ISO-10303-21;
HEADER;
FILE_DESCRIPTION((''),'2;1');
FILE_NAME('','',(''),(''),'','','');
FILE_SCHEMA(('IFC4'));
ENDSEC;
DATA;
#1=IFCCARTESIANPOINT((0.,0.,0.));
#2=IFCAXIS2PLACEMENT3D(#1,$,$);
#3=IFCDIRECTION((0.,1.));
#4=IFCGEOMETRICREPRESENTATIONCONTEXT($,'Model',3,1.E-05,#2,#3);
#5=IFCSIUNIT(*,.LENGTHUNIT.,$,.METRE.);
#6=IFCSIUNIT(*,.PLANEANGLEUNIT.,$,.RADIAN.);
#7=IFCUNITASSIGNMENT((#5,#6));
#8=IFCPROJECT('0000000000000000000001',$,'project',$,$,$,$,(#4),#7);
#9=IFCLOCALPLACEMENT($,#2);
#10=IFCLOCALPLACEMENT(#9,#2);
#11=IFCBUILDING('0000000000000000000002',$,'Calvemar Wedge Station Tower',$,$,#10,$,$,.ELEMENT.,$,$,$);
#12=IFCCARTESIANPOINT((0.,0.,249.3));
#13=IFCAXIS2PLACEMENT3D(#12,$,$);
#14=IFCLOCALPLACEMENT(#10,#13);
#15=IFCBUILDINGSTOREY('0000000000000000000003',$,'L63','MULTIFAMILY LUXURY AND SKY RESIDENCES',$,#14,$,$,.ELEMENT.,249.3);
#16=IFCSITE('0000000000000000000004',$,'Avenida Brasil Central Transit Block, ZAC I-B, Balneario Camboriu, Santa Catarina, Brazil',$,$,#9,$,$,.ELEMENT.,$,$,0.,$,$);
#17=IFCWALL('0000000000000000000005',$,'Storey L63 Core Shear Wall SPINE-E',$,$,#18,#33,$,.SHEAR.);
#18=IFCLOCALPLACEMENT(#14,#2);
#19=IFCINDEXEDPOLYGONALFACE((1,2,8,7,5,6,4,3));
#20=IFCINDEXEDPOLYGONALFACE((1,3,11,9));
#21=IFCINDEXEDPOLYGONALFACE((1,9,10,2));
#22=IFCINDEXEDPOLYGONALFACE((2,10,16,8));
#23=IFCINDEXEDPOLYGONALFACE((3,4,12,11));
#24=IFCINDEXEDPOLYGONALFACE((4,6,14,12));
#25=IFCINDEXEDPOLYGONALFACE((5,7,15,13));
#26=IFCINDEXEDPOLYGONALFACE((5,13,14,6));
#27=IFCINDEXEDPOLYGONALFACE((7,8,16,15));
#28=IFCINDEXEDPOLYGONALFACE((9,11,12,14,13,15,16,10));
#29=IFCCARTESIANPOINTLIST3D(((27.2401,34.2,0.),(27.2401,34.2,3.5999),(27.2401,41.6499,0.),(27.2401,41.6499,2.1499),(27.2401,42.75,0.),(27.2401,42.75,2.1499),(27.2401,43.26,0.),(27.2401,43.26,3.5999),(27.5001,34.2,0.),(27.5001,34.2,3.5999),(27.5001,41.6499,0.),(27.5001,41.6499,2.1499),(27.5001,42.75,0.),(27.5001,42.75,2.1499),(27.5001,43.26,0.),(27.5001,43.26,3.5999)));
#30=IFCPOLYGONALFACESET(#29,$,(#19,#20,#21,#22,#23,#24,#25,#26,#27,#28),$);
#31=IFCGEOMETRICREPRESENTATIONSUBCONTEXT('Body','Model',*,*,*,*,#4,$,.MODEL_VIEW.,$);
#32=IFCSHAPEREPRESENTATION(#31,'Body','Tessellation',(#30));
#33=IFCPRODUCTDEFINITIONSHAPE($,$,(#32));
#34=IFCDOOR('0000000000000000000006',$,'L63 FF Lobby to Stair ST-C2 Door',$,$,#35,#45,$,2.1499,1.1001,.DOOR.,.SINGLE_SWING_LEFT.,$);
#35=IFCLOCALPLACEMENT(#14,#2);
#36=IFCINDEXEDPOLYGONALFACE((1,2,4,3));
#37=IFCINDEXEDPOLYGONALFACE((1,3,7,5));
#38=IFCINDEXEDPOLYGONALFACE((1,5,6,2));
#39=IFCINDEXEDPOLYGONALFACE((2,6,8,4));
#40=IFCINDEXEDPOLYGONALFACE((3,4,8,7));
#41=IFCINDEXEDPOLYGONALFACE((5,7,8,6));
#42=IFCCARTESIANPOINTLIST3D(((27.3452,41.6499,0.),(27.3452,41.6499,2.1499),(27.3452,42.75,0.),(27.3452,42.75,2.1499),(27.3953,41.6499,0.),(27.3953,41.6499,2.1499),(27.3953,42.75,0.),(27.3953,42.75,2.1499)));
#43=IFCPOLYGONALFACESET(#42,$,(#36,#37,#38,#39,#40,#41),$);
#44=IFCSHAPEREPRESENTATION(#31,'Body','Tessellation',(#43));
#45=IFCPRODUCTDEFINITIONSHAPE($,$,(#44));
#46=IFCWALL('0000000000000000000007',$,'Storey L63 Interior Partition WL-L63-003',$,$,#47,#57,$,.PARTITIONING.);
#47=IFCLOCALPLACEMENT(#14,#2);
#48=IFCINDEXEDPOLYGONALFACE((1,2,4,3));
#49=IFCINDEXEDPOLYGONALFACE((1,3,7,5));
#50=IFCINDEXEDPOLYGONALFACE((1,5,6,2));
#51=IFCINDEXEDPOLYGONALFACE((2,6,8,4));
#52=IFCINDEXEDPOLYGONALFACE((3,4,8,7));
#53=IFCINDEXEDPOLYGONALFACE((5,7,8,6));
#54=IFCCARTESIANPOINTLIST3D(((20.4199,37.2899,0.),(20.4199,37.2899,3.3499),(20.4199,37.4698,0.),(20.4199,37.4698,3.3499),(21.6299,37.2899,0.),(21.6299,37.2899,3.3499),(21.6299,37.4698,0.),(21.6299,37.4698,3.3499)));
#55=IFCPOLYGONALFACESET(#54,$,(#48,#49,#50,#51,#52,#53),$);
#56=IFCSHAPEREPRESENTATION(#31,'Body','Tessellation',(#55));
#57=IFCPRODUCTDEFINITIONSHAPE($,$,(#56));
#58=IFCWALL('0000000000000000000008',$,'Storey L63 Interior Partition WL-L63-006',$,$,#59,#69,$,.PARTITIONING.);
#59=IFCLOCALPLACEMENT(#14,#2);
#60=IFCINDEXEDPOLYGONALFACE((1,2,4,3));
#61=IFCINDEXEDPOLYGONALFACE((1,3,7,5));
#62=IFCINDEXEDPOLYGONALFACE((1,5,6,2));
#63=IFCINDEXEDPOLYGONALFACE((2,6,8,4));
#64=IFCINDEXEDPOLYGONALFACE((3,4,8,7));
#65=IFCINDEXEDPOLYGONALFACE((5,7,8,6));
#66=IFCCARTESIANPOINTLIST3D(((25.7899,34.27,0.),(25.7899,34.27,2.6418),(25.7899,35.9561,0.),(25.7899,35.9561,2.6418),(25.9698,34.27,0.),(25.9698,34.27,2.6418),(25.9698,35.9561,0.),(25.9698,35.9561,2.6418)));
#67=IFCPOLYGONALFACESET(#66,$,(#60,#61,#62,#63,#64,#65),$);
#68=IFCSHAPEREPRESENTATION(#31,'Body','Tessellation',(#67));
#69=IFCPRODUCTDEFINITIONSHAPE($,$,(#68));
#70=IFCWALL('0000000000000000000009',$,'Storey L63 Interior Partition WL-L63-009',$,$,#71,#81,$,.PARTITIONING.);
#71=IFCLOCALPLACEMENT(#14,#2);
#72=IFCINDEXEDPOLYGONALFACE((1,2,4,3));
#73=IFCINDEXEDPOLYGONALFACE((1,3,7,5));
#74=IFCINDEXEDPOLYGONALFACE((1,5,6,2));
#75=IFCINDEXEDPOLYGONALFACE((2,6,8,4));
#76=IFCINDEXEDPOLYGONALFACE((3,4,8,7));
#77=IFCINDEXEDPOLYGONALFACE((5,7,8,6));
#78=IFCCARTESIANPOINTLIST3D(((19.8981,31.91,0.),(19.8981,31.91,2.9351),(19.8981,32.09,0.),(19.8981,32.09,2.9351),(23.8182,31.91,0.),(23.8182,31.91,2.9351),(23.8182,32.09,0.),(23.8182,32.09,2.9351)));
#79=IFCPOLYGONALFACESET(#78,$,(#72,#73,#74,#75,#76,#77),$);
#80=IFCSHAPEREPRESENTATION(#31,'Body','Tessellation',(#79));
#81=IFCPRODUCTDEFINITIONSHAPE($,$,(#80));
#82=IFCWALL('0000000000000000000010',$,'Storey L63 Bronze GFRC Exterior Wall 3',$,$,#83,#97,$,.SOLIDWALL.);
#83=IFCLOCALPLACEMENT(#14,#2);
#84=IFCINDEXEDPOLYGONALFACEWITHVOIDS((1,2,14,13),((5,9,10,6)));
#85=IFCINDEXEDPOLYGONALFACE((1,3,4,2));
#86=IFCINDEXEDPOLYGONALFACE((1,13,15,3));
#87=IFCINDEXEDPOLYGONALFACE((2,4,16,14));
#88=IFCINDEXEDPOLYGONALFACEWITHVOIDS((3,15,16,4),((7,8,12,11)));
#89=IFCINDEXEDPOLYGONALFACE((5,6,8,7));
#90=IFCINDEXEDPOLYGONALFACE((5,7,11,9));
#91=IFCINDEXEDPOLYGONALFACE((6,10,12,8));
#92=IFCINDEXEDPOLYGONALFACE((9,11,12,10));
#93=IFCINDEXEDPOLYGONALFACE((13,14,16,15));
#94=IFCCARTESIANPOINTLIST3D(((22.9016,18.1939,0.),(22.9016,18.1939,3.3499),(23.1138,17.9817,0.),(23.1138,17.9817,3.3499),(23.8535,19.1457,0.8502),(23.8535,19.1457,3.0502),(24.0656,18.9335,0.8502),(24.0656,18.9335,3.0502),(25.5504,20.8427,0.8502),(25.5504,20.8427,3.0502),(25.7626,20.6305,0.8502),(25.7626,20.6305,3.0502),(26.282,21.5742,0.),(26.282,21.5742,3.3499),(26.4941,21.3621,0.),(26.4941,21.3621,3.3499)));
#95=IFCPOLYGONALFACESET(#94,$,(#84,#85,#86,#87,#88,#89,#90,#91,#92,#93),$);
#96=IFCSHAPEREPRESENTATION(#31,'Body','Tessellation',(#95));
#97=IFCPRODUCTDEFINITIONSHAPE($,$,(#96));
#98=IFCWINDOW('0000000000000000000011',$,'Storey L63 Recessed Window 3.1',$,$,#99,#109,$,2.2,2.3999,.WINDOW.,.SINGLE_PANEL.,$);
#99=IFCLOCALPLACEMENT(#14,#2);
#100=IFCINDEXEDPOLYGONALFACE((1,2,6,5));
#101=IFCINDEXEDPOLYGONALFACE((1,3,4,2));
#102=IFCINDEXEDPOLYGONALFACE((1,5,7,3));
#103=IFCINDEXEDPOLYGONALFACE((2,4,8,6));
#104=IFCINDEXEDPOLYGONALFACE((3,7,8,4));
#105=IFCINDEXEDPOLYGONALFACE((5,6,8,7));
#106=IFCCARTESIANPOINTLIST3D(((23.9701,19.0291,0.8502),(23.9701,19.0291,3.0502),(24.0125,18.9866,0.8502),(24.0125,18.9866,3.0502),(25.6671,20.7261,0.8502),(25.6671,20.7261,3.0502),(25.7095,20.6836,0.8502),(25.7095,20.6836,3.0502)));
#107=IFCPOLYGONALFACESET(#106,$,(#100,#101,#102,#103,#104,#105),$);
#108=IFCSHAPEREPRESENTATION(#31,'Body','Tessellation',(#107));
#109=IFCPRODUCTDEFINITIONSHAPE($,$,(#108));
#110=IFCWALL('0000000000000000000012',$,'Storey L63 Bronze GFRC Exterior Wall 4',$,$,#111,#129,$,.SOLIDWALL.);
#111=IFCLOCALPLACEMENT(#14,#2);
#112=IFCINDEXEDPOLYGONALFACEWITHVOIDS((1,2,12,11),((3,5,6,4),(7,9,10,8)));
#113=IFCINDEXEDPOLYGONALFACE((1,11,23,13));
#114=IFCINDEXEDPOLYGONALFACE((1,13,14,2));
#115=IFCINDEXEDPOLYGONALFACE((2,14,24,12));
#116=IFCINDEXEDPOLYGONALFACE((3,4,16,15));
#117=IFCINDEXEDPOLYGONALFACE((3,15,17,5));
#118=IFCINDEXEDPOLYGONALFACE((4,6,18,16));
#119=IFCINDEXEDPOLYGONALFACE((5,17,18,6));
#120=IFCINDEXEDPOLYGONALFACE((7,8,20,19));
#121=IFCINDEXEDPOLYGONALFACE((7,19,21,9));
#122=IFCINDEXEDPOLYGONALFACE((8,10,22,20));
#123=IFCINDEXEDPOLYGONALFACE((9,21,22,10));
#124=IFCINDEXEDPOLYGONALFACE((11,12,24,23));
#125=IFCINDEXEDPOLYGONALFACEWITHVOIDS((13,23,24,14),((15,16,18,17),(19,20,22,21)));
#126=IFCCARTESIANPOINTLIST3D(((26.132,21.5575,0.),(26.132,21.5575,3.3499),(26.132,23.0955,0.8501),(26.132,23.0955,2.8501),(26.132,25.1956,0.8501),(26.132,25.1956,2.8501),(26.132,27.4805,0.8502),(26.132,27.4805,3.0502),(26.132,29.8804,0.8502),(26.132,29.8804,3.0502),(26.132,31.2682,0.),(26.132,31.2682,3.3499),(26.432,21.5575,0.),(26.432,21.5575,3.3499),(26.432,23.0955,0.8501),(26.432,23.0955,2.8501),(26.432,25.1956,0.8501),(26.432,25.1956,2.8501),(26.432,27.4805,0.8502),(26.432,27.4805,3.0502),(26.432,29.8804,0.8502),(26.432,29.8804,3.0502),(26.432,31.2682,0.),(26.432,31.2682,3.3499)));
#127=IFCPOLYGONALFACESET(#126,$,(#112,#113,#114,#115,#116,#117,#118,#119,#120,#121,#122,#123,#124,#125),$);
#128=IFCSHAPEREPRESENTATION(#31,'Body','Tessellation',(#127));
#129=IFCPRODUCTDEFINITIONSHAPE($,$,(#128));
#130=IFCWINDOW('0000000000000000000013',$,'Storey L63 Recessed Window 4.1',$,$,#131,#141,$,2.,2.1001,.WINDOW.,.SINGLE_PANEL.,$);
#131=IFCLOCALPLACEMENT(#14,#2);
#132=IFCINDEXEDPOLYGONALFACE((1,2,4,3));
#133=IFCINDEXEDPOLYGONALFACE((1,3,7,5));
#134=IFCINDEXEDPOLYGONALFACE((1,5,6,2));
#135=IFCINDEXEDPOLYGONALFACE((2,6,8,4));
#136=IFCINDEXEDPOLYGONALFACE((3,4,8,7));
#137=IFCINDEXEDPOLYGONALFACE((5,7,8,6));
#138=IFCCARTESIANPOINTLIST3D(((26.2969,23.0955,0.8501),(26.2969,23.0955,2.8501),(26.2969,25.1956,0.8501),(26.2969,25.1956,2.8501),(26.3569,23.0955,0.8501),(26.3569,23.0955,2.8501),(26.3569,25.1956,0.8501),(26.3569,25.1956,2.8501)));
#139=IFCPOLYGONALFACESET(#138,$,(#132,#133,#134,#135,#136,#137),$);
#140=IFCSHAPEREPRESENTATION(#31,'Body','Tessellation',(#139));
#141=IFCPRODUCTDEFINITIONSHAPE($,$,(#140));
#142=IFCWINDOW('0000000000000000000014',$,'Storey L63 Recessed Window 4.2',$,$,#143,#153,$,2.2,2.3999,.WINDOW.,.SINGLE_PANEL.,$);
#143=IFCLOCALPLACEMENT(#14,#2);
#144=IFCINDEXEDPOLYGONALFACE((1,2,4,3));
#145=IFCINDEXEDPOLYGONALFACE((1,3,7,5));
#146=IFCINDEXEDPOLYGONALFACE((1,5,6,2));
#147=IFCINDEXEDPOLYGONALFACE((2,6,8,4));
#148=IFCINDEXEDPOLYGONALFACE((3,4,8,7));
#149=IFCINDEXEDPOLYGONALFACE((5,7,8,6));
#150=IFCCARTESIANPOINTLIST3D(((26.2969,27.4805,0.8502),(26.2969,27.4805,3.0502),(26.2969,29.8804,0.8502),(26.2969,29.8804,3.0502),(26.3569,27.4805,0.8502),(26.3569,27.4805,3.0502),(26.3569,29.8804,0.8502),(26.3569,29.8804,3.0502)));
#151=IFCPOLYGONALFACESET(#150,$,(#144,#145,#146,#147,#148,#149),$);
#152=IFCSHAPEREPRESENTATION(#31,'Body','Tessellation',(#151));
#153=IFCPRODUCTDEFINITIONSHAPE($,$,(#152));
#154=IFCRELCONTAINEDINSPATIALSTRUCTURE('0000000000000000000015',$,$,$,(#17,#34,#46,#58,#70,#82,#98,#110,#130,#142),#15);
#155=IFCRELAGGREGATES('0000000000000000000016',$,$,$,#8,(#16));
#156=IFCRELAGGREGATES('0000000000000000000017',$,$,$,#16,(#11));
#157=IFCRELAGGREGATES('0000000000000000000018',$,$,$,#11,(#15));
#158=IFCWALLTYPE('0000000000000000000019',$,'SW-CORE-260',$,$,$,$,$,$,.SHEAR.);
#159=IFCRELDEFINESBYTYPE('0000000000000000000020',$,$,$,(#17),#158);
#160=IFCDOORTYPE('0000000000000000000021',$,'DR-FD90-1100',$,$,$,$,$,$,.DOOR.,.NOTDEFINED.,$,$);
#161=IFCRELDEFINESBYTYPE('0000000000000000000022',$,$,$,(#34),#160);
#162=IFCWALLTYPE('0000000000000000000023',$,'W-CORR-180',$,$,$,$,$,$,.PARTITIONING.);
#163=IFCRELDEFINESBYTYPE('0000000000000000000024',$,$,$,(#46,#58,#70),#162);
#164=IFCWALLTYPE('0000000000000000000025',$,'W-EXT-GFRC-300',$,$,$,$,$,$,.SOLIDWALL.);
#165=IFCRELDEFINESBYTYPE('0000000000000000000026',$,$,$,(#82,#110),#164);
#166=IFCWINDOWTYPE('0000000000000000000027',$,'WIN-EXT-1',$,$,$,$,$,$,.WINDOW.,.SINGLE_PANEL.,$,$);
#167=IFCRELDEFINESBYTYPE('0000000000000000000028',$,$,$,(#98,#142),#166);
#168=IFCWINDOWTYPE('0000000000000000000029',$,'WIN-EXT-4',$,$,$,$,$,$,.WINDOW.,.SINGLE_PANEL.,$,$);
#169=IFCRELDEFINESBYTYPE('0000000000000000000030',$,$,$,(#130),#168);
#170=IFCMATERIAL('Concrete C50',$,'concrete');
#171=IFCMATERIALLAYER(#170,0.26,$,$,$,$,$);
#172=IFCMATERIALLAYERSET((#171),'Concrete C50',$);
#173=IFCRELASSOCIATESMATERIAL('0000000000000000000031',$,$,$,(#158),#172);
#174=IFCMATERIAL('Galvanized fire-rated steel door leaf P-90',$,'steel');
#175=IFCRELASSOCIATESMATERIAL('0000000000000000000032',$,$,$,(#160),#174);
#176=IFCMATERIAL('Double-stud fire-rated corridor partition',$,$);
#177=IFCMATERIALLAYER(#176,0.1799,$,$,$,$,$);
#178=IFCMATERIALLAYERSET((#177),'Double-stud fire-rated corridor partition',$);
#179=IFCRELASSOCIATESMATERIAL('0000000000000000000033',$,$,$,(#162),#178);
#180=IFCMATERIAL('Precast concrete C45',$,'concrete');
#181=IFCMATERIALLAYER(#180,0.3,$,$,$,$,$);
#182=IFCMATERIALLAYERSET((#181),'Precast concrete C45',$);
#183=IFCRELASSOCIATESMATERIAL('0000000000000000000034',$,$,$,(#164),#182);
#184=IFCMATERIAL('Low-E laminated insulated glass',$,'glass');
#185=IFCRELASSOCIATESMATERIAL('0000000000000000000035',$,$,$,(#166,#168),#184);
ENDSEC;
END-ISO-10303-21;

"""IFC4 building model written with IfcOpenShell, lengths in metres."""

from ifc_helpers import new_model, si_unit, direction, frame, frame_2d, origin, place, context, subcontext, project, spatial, rectangle, extrude, source, transform, mapped, material, layer, layer_set, type_object, element, fill, save


model = new_model("IFC4")

# Units and contexts
model_context = context("Model", 3, precision=1e-05, world=origin(), true_north=direction((0.0, 1.0)))
body_context = subcontext(model_context, "Body", "Model", "MODEL_VIEW")
ifc_project = project(units=[si_unit("LENGTHUNIT", "METRE"), si_unit("PLANEANGLEUNIT", "RADIAN")], contexts=[model_context])

# Site, building, storey
site_placement = place(None, origin())
site = spatial("IfcSite", under=ifc_project, at=site_placement, Name="Avenida Brasil Central Transit Block, ZAC I-B, Balneario Camboriu, Santa Catarina, Brazil", CompositionType="ELEMENT", RefElevation=0.0)
building_placement = place(site_placement, origin())
building = spatial("IfcBuilding", under=site, at=building_placement, Name="Calvemar Wedge Station Tower", CompositionType="ELEMENT")
storey_placement = place(building_placement, frame((0.0, 0.0, 249.3)))
storey = spatial("IfcBuildingStorey", under=building, at=storey_placement, Name="L63", Description="MULTIFAMILY LUXURY AND SKY RESIDENCES", CompositionType="ELEMENT", Elevation=249.3)

# Shared definitions
ifc_material_1 = material(Name="Concrete C50", Category="concrete")

# Wall, opening, door
ifc_layer_1 = layer(ifc_material_1, 0.26)
ifc_layer_set_1 = layer_set([ifc_layer_1], Name="Concrete C50")
wall_type_1 = type_object("IfcWallType", Name="SW-CORE-260", PredefinedType="SHEAR", material=ifc_layer_set_1)
wall_1_placement = place(storey_placement, frame((27.3701, 34.2, 0.0), z_axis=(0.0, 0.0, 1.0), x_axis=(0.0, 1.0, 0.0)))
wall_1 = element("IfcWall", 1, at=wall_1_placement, inside=storey, type_object=wall_type_1, Name="Storey L63 Core Shear Wall SPINE-E", PredefinedType="SHEAR", context=body_context, shape_type="SweptSolid", body=[
    extrude(rectangle(XDim=9.0601, YDim=0.26, at=frame_2d((4.53, 0.0))), origin(), (0.0, 0.0, 1.0), 3.5999),
])
shared_shape_1 = source(origin(), body_context, "Body", "SweptSolid", [
    extrude(rectangle(XDim=1.1001, YDim=2.1499, at=frame_2d((0.55, 1.075))), frame((0.0, 0.1401, 0.0), z_axis=(0.0, -1.0, 0.0), x_axis=(1.0, 0.0, 0.0)), (0.0, 0.0, 1.0), 0.28),
])
opening_1_placement = place(wall_1_placement, frame((7.45, 0.0, 0.0)))
opening_1 = element("IfcOpeningElement", 2, at=opening_1_placement, cuts=wall_1, PredefinedType="OPENING", context=body_context, shape_type="MappedRepresentation", body=[
    mapped(shared_shape_1, transform((0.0, 0.0, 0.0), scale=1.0)),
])
ifc_material_2 = material(Name="Galvanized fire-rated steel door leaf P-90", Category="steel")
door_type_1 = type_object("IfcDoorType", Name="DR-FD90-1100", OperationType="NOTDEFINED", PredefinedType="DOOR", material=ifc_material_2)
shared_shape_2 = source(origin(), body_context, "Body", "SweptSolid", [
    extrude(rectangle(XDim=1.1001, YDim=2.1499, at=frame_2d((0.55, 1.075))), frame((0.0, 0.0249, 0.0), z_axis=(0.0, -1.0, 0.0), x_axis=(1.0, 0.0, 0.0)), (0.0, 0.0, 1.0), 0.05),
])
door_1_placement = place(opening_1_placement, origin())
door_1 = element("IfcDoor", 3, at=door_1_placement, inside=storey, type_object=door_type_1, Name="L63 FF Lobby to Stair ST-C2 Door", OperationType="SINGLE_SWING_LEFT", OverallHeight=2.1499, OverallWidth=1.1001, PredefinedType="DOOR", context=body_context, shape_type="MappedRepresentation", body=[
    mapped(shared_shape_2, transform((0.0, 0.0, 0.0), scale=1.0)),
])
fill(opening_1, door_1)

# Walls
ifc_material_3 = material(Name="Double-stud fire-rated corridor partition")
ifc_layer_2 = layer(ifc_material_3, 0.1799)
ifc_layer_set_2 = layer_set([ifc_layer_2], Name="Double-stud fire-rated corridor partition")
wall_type_2 = type_object("IfcWallType", Name="W-CORR-180", PredefinedType="PARTITIONING", material=ifc_layer_set_2)
wall_2_placement = place(storey_placement, frame((21.6299, 37.3799, 0.0), z_axis=(0.0, 0.0, 1.0), x_axis=(-1.0, 0.0, 0.0)))
element("IfcWall", 4, at=wall_2_placement, inside=storey, type_object=wall_type_2, Name="Storey L63 Interior Partition WL-L63-003", PredefinedType="PARTITIONING", context=body_context, shape_type="SweptSolid", body=[
    extrude(rectangle(XDim=1.21, YDim=0.1799, at=frame_2d((0.605, 0.0))), origin(), (0.0, 0.0, 1.0), 3.3499),
])
wall_3_placement = place(storey_placement, frame((25.8799, 35.9561, 0.0), z_axis=(0.0, 0.0, 1.0), x_axis=(0.0, -1.0, 0.0)))
element("IfcWall", 5, at=wall_3_placement, inside=storey, type_object=wall_type_2, Name="Storey L63 Interior Partition WL-L63-006", PredefinedType="PARTITIONING", context=body_context, shape_type="SweptSolid", body=[
    extrude(rectangle(XDim=1.686, YDim=0.1799, at=frame_2d((0.843, 0.0))), origin(), (0.0, 0.0, 1.0), 2.6418),
])
wall_4_placement = place(storey_placement, frame((23.8181, 32.0, 0.0), z_axis=(0.0, 0.0, 1.0), x_axis=(-1.0, 0.0, 0.0)))
element("IfcWall", 6, at=wall_4_placement, inside=storey, type_object=wall_type_2, Name="Storey L63 Interior Partition WL-L63-009", PredefinedType="PARTITIONING", context=body_context, shape_type="SweptSolid", body=[
    extrude(rectangle(XDim=3.9202, YDim=0.1799, at=frame_2d((1.96, 0.0))), origin(), (0.0, 0.0, 1.0), 2.9351),
])

# Wall, opening, window
ifc_material_4 = material(Name="Precast concrete C45", Category="concrete")
ifc_layer_3 = layer(ifc_material_4, 0.3)
ifc_layer_set_3 = layer_set([ifc_layer_3], Name="Precast concrete C45")
wall_type_3 = type_object("IfcWallType", Name="W-EXT-GFRC-300", PredefinedType="SOLIDWALL", material=ifc_layer_set_3)
wall_5_placement = place(storey_placement, frame((23.0078, 18.0879, 0.0), z_axis=(0.0, 0.0, 1.0), x_axis=(0.707107, 0.707107, 0.0)))
wall_5 = element("IfcWall", 7, at=wall_5_placement, inside=storey, type_object=wall_type_3, Name="Storey L63 Bronze GFRC Exterior Wall 3", PredefinedType="SOLIDWALL", context=body_context, shape_type="SweptSolid", body=[
    extrude(rectangle(XDim=4.7805, YDim=0.3, at=frame_2d((2.3901, 0.0))), origin(), (0.0, 0.0, 1.0), 3.3499),
])
shared_shape_3 = source(origin(), body_context, "Body", "SweptSolid", [
    extrude(rectangle(XDim=2.3999, YDim=2.2, at=frame_2d((1.2, 1.1001))), frame((0.0, 0.1602, 0.0), z_axis=(0.0, -1.0, 0.0), x_axis=(1.0, 0.0, 0.0)), (0.0, 0.0, 1.0), 0.3201),
])
opening_2_placement = place(wall_5_placement, frame((1.3459, 0.0, 0.8501)))
opening_2 = element("IfcOpeningElement", 8, at=opening_2_placement, cuts=wall_5, PredefinedType="OPENING", context=body_context, shape_type="MappedRepresentation", body=[
    mapped(shared_shape_3, transform((0.0, 0.0, 0.0), scale=1.0)),
])
ifc_material_5 = material(Name="Low-E laminated insulated glass", Category="glass")
window_type_1 = type_object("IfcWindowType", Name="WIN-EXT-1", PartitioningType="SINGLE_PANEL", PredefinedType="WINDOW", material=ifc_material_5)
shared_shape_4 = source(origin(), body_context, "Body", "SweptSolid", [
    extrude(rectangle(XDim=2.3999, YDim=2.2, at=frame_2d((1.2, 1.1001))), frame((0.0, -0.0149, 0.0), z_axis=(0.0, -1.0, 0.0), x_axis=(1.0, 0.0, 0.0)), (0.0, 0.0, 1.0), 0.0601),
])
window_1_placement = place(opening_2_placement, origin())
window_1 = element("IfcWindow", 9, at=window_1_placement, inside=storey, type_object=window_type_1, Name="Storey L63 Recessed Window 3.1", OverallHeight=2.2, OverallWidth=2.3999, PartitioningType="SINGLE_PANEL", PredefinedType="WINDOW", context=body_context, shape_type="MappedRepresentation", body=[
    mapped(shared_shape_4, transform((0.0, 0.0, 0.0), scale=1.0)),
])
fill(opening_2, window_1)

# Wall, openings, windows
wall_6_placement = place(storey_placement, frame((26.282, 21.5574, 0.0), z_axis=(0.0, 0.0, 1.0), x_axis=(0.0, 1.0, 0.0)))
wall_6 = element("IfcWall", 10, at=wall_6_placement, inside=storey, type_object=wall_type_3, Name="Storey L63 Bronze GFRC Exterior Wall 4", PredefinedType="SOLIDWALL", context=body_context, shape_type="SweptSolid", body=[
    extrude(rectangle(XDim=9.7107, YDim=0.3, at=frame_2d((4.8555, 0.0))), origin(), (0.0, 0.0, 1.0), 3.3499),
])
shared_shape_5 = source(origin(), body_context, "Body", "SweptSolid", [
    extrude(rectangle(XDim=2.1001, YDim=2.0, at=frame_2d((1.05, 1.0))), frame((0.0, 0.1602, 0.0), z_axis=(0.0, -1.0, 0.0), x_axis=(1.0, 0.0, 0.0)), (0.0, 0.0, 1.0), 0.3201),
])
opening_3_placement = place(wall_6_placement, frame((1.5381, 0.0, 0.8501)))
opening_3 = element("IfcOpeningElement", 11, at=opening_3_placement, cuts=wall_6, PredefinedType="OPENING", context=body_context, shape_type="MappedRepresentation", body=[
    mapped(shared_shape_5, transform((0.0, 0.0, 0.0), scale=1.0)),
])
opening_4_placement = place(wall_6_placement, frame((5.9231, 0.0, 0.8501)))
opening_4 = element("IfcOpeningElement", 12, at=opening_4_placement, cuts=wall_6, PredefinedType="OPENING", context=body_context, shape_type="MappedRepresentation", body=[
    mapped(shared_shape_3, transform((0.0, 0.0, 0.0), scale=1.0)),
])
window_type_2 = type_object("IfcWindowType", Name="WIN-EXT-4", PartitioningType="SINGLE_PANEL", PredefinedType="WINDOW", material=ifc_material_5)
shared_shape_6 = source(origin(), body_context, "Body", "SweptSolid", [
    extrude(rectangle(XDim=2.1001, YDim=2.0, at=frame_2d((1.05, 1.0))), frame((0.0, -0.0149, 0.0), z_axis=(0.0, -1.0, 0.0), x_axis=(1.0, 0.0, 0.0)), (0.0, 0.0, 1.0), 0.0601),
])
window_2_placement = place(opening_3_placement, origin())
window_2 = element("IfcWindow", 13, at=window_2_placement, inside=storey, type_object=window_type_2, Name="Storey L63 Recessed Window 4.1", OverallHeight=2.0, OverallWidth=2.1001, PartitioningType="SINGLE_PANEL", PredefinedType="WINDOW", context=body_context, shape_type="MappedRepresentation", body=[
    mapped(shared_shape_6, transform((0.0, 0.0, 0.0), scale=1.0)),
])
fill(opening_3, window_2)
window_3_placement = place(opening_4_placement, origin())
window_3 = element("IfcWindow", 14, at=window_3_placement, inside=storey, type_object=window_type_1, Name="Storey L63 Recessed Window 4.2", OverallHeight=2.2, OverallWidth=2.3999, PartitioningType="SINGLE_PANEL", PredefinedType="WINDOW", context=body_context, shape_type="MappedRepresentation", body=[
    mapped(shared_shape_4, transform((0.0, 0.0, 0.0), scale=1.0)),
])
fill(opening_4, window_3)

save(model, "model.ifc")
